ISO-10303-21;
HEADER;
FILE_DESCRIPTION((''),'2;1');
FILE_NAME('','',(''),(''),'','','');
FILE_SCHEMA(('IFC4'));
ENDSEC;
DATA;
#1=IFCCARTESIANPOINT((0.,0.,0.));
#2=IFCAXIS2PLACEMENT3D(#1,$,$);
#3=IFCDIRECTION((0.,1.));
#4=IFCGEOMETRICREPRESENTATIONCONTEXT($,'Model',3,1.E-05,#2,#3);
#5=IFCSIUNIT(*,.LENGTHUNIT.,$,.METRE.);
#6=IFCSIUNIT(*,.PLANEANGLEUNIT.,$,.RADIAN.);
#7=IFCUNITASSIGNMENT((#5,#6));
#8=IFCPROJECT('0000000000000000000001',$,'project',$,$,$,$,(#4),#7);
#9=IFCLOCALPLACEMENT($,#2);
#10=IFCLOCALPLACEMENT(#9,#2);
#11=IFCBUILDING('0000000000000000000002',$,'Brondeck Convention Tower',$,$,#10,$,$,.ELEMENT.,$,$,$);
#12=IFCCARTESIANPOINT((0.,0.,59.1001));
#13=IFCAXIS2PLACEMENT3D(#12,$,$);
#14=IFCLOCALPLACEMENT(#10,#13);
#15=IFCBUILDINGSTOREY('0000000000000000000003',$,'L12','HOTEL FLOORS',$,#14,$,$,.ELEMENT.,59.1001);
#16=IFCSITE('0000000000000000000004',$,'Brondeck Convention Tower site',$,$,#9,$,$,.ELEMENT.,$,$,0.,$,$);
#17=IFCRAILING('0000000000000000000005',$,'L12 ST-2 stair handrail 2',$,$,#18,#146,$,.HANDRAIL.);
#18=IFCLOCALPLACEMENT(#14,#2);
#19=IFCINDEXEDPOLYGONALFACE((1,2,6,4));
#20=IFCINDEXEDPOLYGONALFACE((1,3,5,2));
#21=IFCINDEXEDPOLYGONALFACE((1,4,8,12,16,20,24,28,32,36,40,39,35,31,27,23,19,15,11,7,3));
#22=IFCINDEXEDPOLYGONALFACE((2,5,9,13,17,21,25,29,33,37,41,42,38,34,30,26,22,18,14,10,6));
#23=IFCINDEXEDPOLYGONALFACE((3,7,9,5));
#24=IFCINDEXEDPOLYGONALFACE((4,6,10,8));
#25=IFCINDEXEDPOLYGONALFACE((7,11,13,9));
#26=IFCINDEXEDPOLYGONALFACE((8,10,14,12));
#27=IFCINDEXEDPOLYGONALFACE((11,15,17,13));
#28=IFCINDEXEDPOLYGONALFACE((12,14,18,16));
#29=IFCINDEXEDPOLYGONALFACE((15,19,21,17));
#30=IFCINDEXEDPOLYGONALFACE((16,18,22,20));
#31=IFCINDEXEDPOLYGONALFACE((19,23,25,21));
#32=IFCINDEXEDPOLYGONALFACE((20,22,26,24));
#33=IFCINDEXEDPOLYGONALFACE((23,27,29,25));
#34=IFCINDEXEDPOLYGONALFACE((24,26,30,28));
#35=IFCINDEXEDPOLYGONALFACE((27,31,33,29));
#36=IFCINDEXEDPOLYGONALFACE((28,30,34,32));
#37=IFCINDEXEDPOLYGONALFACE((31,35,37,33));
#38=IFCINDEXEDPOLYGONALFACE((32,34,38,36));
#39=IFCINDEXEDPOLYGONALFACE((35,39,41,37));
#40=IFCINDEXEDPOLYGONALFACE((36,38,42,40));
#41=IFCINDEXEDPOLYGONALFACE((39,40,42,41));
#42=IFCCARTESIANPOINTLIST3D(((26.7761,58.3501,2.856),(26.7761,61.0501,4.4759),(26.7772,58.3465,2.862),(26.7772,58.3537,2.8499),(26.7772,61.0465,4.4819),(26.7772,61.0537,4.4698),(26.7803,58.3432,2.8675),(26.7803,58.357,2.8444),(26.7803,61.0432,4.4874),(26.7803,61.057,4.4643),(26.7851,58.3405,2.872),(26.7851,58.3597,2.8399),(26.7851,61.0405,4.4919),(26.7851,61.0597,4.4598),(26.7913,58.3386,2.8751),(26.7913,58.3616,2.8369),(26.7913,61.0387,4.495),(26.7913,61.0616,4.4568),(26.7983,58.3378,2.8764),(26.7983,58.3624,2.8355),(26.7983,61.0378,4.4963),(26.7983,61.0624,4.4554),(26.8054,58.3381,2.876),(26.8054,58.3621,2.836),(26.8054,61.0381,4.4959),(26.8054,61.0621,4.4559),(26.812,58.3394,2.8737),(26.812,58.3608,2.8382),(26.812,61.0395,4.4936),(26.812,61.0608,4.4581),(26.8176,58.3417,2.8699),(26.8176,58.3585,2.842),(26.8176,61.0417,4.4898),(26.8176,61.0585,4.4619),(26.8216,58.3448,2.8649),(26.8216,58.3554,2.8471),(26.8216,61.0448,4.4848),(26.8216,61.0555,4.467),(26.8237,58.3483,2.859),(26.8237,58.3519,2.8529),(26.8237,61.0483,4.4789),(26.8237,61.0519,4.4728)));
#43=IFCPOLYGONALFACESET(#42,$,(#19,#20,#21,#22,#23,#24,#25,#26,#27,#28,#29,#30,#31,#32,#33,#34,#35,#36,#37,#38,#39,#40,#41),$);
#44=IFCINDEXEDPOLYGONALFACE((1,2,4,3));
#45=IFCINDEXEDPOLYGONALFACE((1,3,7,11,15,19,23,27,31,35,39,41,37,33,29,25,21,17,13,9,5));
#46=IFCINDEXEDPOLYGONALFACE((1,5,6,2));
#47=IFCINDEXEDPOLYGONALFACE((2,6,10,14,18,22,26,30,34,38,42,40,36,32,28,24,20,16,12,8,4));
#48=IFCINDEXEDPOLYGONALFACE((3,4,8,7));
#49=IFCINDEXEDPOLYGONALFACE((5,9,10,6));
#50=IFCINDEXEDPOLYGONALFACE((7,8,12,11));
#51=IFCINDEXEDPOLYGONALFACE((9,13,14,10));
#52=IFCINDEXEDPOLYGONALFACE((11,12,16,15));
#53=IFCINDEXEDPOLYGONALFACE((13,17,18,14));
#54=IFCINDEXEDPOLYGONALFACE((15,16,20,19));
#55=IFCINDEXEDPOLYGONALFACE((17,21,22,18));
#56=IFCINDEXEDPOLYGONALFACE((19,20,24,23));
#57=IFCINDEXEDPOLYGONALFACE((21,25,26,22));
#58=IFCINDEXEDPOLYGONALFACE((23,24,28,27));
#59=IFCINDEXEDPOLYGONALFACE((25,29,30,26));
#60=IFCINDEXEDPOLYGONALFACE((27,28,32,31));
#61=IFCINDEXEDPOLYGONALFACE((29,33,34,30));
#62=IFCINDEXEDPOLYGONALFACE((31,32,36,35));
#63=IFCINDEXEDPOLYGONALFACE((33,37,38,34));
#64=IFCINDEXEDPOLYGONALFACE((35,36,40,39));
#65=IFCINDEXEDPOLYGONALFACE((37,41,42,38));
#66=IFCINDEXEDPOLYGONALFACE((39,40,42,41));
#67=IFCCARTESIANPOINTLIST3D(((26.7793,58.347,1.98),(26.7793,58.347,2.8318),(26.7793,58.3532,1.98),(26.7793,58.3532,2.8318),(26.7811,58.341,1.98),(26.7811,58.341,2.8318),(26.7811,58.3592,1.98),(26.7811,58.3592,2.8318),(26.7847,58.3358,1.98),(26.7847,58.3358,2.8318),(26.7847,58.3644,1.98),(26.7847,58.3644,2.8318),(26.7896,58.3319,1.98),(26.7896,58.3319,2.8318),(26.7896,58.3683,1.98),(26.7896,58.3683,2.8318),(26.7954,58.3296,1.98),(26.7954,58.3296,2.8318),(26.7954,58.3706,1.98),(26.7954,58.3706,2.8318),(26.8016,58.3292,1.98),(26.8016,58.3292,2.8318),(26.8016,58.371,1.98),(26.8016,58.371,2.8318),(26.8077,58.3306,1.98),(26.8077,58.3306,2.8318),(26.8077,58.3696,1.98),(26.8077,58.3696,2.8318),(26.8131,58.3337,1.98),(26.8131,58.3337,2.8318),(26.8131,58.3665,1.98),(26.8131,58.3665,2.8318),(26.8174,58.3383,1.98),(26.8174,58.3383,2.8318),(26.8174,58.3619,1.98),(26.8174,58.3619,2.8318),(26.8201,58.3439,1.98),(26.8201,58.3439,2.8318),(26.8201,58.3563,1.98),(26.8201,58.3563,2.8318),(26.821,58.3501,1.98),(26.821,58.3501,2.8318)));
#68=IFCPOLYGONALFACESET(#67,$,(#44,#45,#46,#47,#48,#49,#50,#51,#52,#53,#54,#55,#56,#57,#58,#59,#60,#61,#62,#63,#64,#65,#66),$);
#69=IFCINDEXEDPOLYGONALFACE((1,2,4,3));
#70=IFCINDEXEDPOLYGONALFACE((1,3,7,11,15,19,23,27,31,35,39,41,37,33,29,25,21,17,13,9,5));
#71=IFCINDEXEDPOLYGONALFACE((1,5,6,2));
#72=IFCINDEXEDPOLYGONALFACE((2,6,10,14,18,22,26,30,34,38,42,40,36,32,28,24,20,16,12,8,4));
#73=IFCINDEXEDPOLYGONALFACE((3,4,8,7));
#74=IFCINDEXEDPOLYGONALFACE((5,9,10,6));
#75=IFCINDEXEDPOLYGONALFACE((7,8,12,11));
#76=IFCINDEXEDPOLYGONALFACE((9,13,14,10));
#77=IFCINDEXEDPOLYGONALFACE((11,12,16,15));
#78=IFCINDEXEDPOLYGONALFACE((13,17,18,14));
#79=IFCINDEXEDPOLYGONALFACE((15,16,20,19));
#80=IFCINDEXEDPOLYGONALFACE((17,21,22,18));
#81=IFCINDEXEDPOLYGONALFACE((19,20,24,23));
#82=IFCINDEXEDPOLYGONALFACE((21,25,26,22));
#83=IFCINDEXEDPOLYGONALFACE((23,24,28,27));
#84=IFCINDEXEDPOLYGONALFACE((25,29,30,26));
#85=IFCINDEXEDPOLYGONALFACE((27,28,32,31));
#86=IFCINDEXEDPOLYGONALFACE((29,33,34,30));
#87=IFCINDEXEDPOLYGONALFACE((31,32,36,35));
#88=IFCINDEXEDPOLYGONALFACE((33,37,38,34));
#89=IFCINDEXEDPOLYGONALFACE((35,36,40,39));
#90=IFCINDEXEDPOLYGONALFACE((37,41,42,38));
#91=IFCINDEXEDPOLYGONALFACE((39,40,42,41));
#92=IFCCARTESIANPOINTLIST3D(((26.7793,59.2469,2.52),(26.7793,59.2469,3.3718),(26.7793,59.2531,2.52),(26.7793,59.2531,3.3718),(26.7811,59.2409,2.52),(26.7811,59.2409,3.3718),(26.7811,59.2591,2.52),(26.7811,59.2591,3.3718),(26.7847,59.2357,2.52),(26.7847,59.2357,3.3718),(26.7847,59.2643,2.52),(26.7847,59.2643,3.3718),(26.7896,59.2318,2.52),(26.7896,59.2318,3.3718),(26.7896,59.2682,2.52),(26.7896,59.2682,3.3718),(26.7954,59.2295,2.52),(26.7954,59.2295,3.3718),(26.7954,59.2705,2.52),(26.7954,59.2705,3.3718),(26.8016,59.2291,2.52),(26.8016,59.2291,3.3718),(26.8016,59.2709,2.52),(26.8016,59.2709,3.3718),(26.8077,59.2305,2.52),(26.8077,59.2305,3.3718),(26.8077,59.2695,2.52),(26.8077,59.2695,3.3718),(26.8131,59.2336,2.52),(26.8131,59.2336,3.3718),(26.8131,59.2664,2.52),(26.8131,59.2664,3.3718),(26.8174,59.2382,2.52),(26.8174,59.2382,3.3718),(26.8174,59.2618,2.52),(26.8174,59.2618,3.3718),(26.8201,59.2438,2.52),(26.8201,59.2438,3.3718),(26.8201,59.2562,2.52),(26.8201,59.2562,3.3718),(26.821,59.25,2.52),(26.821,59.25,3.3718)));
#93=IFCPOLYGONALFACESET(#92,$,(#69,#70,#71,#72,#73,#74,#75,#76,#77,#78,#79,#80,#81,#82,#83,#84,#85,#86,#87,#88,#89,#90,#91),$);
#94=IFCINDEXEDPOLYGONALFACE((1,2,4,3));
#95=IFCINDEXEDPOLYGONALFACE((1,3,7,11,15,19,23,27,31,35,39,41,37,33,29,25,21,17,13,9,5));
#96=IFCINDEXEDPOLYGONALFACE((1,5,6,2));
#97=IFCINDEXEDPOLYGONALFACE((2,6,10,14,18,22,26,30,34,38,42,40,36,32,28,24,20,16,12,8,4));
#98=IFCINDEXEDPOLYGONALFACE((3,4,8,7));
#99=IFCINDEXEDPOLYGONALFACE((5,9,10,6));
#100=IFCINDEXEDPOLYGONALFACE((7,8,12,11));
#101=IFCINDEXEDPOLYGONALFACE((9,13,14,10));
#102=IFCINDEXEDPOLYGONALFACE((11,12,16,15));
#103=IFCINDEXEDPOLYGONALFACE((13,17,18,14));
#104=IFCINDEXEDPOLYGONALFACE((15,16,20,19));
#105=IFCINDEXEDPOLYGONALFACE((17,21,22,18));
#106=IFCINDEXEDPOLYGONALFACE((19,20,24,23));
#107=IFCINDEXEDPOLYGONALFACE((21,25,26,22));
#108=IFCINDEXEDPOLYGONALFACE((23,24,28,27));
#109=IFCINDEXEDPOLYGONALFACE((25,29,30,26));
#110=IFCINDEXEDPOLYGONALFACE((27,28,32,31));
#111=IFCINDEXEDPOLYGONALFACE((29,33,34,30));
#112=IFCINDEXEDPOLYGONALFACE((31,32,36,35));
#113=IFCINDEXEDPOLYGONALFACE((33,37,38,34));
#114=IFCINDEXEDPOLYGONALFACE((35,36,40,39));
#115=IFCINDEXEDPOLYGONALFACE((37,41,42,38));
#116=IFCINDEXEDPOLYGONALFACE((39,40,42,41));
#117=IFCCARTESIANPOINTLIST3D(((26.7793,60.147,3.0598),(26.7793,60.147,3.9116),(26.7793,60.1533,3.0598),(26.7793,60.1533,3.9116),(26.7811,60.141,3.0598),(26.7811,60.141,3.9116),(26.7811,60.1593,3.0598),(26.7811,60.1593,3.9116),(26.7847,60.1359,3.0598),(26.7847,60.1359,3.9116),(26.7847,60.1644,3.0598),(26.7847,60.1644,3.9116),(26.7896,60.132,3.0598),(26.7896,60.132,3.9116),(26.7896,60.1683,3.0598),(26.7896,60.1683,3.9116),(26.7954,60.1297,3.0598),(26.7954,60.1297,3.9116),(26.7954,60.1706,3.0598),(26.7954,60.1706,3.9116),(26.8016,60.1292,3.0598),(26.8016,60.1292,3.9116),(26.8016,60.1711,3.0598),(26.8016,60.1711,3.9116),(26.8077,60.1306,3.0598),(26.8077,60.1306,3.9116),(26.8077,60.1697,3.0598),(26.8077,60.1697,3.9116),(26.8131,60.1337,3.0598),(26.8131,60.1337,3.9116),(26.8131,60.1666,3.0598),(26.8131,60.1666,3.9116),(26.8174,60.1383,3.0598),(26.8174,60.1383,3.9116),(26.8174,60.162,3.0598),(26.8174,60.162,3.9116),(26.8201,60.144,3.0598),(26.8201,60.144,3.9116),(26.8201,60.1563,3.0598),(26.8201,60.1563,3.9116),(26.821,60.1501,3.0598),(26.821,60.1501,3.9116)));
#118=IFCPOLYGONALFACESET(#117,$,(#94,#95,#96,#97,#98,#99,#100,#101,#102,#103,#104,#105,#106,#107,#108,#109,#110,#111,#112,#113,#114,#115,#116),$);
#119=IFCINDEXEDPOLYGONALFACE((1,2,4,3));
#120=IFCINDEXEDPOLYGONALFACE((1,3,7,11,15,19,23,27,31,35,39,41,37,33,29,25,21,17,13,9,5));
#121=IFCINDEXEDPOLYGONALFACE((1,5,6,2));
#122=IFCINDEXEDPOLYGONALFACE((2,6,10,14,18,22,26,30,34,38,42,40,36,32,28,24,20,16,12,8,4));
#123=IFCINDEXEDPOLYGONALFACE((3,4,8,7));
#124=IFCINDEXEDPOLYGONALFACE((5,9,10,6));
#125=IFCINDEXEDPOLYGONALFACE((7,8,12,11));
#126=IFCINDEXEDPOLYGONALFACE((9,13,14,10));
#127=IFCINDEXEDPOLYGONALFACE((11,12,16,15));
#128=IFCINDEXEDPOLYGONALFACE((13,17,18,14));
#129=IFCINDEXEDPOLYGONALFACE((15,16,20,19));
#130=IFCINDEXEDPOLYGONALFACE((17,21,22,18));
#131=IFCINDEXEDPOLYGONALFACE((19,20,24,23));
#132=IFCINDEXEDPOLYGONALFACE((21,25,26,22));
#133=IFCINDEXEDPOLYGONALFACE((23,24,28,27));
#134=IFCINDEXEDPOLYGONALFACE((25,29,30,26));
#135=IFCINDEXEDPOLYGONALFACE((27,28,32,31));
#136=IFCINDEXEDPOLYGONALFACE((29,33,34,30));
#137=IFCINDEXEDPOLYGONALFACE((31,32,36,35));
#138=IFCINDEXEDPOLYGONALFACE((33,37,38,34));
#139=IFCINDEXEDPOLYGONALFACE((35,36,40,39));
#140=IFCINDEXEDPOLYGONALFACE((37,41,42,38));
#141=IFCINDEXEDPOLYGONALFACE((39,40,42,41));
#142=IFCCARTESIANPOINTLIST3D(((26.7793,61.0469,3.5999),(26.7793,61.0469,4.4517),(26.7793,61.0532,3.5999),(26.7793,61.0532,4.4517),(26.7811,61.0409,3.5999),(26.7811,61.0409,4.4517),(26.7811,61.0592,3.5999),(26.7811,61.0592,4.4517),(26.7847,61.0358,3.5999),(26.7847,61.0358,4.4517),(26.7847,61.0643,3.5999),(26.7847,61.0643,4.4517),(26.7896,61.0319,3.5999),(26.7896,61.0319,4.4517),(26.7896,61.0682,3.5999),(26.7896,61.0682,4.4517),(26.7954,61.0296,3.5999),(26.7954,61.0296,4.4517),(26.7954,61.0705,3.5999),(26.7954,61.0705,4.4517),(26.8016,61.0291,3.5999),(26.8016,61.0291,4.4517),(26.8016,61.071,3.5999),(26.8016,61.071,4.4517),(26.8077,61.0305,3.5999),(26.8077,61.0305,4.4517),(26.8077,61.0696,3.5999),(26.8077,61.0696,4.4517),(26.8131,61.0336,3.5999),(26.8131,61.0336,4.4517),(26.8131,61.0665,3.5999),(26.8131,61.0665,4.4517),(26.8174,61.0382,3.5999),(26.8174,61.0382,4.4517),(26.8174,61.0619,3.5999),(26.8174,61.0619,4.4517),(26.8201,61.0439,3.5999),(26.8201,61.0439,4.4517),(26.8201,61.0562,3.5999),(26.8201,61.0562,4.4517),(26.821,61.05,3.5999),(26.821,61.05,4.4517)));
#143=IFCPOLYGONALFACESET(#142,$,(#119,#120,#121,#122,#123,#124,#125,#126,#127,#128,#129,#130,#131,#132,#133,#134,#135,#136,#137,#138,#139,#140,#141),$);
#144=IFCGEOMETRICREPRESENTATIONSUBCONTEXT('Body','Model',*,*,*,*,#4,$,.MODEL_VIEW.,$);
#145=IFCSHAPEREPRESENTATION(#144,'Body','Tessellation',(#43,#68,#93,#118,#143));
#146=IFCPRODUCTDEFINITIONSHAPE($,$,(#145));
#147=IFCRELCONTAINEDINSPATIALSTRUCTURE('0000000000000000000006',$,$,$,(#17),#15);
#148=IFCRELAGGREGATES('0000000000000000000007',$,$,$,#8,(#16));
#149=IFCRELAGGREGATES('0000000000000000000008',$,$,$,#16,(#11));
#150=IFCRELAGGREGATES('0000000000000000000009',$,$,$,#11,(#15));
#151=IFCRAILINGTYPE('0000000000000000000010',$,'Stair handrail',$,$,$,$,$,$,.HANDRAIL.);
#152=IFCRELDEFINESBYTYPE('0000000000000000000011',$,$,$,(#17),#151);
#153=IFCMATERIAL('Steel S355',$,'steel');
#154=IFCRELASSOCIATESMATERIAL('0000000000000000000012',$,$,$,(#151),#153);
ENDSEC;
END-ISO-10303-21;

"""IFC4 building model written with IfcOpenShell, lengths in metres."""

from ifc_helpers import new_model, si_unit, direction, frame, origin, origin_2d, place, context, subcontext, project, spatial, circle, extrude, material, type_object, element, save


model = new_model("IFC4")

# Units and contexts
model_context = context("Model", 3, precision=1e-05, world=origin(), true_north=direction((0.0, 1.0)))
body_context = subcontext(model_context, "Body", "Model", "MODEL_VIEW")
ifc_project = project(units=[si_unit("LENGTHUNIT", "METRE"), si_unit("PLANEANGLEUNIT", "RADIAN")], contexts=[model_context])

# Site, building, storey
site_placement = place(None, origin())
site = spatial("IfcSite", under=ifc_project, at=site_placement, Name="Brondeck Convention Tower site", CompositionType="ELEMENT", RefElevation=0.0)
building_placement = place(site_placement, origin())
building = spatial("IfcBuilding", under=site, at=building_placement, Name="Brondeck Convention Tower", CompositionType="ELEMENT")
storey_placement = place(building_placement, frame((0.0, 0.0, 59.1001)))
storey = spatial("IfcBuildingStorey", under=building, at=storey_placement, Name="L12", Description="HOTEL FLOORS", CompositionType="ELEMENT", Elevation=59.1001)

# Railing
ifc_material_1 = material(Name="Steel S355", Category="steel")
railing_type_1 = type_object("IfcRailingType", Name="Stair handrail", PredefinedType="HANDRAIL", material=ifc_material_1)
railing_1_placement = place(storey_placement, frame((26.8, 58.3501, 1.98)))
element("IfcRailing", 1, at=railing_1_placement, inside=storey, type_object=railing_type_1, Name="L12 ST-2 stair handrail 2", PredefinedType="HANDRAIL", context=body_context, shape_type="SweptSolid", body=[
    extrude(circle(Radius=0.0239, at=origin_2d()), frame((0.0, 0.0, 0.876), z_axis=(0.0, 0.857507, 0.514473), x_axis=(-1.0, 0.0, 0.0)), (0.0, 0.0, 1.0), 3.1487),
    extrude(circle(Radius=0.021, at=origin_2d()), origin(), (0.0, 0.0, 1.0), 0.8518),
    extrude(circle(Radius=0.021, at=origin_2d()), frame((0.0, 0.8999, 0.54)), (0.0, 0.0, 1.0), 0.8518),
    extrude(circle(Radius=0.021, at=origin_2d()), frame((0.0, 1.8, 1.0798)), (0.0, 0.0, 1.0), 0.8518),
    extrude(circle(Radius=0.021, at=origin_2d()), frame((0.0, 2.7, 1.6199)), (0.0, 0.0, 1.0), 0.8518),
])

save(model, "model.ifc")
